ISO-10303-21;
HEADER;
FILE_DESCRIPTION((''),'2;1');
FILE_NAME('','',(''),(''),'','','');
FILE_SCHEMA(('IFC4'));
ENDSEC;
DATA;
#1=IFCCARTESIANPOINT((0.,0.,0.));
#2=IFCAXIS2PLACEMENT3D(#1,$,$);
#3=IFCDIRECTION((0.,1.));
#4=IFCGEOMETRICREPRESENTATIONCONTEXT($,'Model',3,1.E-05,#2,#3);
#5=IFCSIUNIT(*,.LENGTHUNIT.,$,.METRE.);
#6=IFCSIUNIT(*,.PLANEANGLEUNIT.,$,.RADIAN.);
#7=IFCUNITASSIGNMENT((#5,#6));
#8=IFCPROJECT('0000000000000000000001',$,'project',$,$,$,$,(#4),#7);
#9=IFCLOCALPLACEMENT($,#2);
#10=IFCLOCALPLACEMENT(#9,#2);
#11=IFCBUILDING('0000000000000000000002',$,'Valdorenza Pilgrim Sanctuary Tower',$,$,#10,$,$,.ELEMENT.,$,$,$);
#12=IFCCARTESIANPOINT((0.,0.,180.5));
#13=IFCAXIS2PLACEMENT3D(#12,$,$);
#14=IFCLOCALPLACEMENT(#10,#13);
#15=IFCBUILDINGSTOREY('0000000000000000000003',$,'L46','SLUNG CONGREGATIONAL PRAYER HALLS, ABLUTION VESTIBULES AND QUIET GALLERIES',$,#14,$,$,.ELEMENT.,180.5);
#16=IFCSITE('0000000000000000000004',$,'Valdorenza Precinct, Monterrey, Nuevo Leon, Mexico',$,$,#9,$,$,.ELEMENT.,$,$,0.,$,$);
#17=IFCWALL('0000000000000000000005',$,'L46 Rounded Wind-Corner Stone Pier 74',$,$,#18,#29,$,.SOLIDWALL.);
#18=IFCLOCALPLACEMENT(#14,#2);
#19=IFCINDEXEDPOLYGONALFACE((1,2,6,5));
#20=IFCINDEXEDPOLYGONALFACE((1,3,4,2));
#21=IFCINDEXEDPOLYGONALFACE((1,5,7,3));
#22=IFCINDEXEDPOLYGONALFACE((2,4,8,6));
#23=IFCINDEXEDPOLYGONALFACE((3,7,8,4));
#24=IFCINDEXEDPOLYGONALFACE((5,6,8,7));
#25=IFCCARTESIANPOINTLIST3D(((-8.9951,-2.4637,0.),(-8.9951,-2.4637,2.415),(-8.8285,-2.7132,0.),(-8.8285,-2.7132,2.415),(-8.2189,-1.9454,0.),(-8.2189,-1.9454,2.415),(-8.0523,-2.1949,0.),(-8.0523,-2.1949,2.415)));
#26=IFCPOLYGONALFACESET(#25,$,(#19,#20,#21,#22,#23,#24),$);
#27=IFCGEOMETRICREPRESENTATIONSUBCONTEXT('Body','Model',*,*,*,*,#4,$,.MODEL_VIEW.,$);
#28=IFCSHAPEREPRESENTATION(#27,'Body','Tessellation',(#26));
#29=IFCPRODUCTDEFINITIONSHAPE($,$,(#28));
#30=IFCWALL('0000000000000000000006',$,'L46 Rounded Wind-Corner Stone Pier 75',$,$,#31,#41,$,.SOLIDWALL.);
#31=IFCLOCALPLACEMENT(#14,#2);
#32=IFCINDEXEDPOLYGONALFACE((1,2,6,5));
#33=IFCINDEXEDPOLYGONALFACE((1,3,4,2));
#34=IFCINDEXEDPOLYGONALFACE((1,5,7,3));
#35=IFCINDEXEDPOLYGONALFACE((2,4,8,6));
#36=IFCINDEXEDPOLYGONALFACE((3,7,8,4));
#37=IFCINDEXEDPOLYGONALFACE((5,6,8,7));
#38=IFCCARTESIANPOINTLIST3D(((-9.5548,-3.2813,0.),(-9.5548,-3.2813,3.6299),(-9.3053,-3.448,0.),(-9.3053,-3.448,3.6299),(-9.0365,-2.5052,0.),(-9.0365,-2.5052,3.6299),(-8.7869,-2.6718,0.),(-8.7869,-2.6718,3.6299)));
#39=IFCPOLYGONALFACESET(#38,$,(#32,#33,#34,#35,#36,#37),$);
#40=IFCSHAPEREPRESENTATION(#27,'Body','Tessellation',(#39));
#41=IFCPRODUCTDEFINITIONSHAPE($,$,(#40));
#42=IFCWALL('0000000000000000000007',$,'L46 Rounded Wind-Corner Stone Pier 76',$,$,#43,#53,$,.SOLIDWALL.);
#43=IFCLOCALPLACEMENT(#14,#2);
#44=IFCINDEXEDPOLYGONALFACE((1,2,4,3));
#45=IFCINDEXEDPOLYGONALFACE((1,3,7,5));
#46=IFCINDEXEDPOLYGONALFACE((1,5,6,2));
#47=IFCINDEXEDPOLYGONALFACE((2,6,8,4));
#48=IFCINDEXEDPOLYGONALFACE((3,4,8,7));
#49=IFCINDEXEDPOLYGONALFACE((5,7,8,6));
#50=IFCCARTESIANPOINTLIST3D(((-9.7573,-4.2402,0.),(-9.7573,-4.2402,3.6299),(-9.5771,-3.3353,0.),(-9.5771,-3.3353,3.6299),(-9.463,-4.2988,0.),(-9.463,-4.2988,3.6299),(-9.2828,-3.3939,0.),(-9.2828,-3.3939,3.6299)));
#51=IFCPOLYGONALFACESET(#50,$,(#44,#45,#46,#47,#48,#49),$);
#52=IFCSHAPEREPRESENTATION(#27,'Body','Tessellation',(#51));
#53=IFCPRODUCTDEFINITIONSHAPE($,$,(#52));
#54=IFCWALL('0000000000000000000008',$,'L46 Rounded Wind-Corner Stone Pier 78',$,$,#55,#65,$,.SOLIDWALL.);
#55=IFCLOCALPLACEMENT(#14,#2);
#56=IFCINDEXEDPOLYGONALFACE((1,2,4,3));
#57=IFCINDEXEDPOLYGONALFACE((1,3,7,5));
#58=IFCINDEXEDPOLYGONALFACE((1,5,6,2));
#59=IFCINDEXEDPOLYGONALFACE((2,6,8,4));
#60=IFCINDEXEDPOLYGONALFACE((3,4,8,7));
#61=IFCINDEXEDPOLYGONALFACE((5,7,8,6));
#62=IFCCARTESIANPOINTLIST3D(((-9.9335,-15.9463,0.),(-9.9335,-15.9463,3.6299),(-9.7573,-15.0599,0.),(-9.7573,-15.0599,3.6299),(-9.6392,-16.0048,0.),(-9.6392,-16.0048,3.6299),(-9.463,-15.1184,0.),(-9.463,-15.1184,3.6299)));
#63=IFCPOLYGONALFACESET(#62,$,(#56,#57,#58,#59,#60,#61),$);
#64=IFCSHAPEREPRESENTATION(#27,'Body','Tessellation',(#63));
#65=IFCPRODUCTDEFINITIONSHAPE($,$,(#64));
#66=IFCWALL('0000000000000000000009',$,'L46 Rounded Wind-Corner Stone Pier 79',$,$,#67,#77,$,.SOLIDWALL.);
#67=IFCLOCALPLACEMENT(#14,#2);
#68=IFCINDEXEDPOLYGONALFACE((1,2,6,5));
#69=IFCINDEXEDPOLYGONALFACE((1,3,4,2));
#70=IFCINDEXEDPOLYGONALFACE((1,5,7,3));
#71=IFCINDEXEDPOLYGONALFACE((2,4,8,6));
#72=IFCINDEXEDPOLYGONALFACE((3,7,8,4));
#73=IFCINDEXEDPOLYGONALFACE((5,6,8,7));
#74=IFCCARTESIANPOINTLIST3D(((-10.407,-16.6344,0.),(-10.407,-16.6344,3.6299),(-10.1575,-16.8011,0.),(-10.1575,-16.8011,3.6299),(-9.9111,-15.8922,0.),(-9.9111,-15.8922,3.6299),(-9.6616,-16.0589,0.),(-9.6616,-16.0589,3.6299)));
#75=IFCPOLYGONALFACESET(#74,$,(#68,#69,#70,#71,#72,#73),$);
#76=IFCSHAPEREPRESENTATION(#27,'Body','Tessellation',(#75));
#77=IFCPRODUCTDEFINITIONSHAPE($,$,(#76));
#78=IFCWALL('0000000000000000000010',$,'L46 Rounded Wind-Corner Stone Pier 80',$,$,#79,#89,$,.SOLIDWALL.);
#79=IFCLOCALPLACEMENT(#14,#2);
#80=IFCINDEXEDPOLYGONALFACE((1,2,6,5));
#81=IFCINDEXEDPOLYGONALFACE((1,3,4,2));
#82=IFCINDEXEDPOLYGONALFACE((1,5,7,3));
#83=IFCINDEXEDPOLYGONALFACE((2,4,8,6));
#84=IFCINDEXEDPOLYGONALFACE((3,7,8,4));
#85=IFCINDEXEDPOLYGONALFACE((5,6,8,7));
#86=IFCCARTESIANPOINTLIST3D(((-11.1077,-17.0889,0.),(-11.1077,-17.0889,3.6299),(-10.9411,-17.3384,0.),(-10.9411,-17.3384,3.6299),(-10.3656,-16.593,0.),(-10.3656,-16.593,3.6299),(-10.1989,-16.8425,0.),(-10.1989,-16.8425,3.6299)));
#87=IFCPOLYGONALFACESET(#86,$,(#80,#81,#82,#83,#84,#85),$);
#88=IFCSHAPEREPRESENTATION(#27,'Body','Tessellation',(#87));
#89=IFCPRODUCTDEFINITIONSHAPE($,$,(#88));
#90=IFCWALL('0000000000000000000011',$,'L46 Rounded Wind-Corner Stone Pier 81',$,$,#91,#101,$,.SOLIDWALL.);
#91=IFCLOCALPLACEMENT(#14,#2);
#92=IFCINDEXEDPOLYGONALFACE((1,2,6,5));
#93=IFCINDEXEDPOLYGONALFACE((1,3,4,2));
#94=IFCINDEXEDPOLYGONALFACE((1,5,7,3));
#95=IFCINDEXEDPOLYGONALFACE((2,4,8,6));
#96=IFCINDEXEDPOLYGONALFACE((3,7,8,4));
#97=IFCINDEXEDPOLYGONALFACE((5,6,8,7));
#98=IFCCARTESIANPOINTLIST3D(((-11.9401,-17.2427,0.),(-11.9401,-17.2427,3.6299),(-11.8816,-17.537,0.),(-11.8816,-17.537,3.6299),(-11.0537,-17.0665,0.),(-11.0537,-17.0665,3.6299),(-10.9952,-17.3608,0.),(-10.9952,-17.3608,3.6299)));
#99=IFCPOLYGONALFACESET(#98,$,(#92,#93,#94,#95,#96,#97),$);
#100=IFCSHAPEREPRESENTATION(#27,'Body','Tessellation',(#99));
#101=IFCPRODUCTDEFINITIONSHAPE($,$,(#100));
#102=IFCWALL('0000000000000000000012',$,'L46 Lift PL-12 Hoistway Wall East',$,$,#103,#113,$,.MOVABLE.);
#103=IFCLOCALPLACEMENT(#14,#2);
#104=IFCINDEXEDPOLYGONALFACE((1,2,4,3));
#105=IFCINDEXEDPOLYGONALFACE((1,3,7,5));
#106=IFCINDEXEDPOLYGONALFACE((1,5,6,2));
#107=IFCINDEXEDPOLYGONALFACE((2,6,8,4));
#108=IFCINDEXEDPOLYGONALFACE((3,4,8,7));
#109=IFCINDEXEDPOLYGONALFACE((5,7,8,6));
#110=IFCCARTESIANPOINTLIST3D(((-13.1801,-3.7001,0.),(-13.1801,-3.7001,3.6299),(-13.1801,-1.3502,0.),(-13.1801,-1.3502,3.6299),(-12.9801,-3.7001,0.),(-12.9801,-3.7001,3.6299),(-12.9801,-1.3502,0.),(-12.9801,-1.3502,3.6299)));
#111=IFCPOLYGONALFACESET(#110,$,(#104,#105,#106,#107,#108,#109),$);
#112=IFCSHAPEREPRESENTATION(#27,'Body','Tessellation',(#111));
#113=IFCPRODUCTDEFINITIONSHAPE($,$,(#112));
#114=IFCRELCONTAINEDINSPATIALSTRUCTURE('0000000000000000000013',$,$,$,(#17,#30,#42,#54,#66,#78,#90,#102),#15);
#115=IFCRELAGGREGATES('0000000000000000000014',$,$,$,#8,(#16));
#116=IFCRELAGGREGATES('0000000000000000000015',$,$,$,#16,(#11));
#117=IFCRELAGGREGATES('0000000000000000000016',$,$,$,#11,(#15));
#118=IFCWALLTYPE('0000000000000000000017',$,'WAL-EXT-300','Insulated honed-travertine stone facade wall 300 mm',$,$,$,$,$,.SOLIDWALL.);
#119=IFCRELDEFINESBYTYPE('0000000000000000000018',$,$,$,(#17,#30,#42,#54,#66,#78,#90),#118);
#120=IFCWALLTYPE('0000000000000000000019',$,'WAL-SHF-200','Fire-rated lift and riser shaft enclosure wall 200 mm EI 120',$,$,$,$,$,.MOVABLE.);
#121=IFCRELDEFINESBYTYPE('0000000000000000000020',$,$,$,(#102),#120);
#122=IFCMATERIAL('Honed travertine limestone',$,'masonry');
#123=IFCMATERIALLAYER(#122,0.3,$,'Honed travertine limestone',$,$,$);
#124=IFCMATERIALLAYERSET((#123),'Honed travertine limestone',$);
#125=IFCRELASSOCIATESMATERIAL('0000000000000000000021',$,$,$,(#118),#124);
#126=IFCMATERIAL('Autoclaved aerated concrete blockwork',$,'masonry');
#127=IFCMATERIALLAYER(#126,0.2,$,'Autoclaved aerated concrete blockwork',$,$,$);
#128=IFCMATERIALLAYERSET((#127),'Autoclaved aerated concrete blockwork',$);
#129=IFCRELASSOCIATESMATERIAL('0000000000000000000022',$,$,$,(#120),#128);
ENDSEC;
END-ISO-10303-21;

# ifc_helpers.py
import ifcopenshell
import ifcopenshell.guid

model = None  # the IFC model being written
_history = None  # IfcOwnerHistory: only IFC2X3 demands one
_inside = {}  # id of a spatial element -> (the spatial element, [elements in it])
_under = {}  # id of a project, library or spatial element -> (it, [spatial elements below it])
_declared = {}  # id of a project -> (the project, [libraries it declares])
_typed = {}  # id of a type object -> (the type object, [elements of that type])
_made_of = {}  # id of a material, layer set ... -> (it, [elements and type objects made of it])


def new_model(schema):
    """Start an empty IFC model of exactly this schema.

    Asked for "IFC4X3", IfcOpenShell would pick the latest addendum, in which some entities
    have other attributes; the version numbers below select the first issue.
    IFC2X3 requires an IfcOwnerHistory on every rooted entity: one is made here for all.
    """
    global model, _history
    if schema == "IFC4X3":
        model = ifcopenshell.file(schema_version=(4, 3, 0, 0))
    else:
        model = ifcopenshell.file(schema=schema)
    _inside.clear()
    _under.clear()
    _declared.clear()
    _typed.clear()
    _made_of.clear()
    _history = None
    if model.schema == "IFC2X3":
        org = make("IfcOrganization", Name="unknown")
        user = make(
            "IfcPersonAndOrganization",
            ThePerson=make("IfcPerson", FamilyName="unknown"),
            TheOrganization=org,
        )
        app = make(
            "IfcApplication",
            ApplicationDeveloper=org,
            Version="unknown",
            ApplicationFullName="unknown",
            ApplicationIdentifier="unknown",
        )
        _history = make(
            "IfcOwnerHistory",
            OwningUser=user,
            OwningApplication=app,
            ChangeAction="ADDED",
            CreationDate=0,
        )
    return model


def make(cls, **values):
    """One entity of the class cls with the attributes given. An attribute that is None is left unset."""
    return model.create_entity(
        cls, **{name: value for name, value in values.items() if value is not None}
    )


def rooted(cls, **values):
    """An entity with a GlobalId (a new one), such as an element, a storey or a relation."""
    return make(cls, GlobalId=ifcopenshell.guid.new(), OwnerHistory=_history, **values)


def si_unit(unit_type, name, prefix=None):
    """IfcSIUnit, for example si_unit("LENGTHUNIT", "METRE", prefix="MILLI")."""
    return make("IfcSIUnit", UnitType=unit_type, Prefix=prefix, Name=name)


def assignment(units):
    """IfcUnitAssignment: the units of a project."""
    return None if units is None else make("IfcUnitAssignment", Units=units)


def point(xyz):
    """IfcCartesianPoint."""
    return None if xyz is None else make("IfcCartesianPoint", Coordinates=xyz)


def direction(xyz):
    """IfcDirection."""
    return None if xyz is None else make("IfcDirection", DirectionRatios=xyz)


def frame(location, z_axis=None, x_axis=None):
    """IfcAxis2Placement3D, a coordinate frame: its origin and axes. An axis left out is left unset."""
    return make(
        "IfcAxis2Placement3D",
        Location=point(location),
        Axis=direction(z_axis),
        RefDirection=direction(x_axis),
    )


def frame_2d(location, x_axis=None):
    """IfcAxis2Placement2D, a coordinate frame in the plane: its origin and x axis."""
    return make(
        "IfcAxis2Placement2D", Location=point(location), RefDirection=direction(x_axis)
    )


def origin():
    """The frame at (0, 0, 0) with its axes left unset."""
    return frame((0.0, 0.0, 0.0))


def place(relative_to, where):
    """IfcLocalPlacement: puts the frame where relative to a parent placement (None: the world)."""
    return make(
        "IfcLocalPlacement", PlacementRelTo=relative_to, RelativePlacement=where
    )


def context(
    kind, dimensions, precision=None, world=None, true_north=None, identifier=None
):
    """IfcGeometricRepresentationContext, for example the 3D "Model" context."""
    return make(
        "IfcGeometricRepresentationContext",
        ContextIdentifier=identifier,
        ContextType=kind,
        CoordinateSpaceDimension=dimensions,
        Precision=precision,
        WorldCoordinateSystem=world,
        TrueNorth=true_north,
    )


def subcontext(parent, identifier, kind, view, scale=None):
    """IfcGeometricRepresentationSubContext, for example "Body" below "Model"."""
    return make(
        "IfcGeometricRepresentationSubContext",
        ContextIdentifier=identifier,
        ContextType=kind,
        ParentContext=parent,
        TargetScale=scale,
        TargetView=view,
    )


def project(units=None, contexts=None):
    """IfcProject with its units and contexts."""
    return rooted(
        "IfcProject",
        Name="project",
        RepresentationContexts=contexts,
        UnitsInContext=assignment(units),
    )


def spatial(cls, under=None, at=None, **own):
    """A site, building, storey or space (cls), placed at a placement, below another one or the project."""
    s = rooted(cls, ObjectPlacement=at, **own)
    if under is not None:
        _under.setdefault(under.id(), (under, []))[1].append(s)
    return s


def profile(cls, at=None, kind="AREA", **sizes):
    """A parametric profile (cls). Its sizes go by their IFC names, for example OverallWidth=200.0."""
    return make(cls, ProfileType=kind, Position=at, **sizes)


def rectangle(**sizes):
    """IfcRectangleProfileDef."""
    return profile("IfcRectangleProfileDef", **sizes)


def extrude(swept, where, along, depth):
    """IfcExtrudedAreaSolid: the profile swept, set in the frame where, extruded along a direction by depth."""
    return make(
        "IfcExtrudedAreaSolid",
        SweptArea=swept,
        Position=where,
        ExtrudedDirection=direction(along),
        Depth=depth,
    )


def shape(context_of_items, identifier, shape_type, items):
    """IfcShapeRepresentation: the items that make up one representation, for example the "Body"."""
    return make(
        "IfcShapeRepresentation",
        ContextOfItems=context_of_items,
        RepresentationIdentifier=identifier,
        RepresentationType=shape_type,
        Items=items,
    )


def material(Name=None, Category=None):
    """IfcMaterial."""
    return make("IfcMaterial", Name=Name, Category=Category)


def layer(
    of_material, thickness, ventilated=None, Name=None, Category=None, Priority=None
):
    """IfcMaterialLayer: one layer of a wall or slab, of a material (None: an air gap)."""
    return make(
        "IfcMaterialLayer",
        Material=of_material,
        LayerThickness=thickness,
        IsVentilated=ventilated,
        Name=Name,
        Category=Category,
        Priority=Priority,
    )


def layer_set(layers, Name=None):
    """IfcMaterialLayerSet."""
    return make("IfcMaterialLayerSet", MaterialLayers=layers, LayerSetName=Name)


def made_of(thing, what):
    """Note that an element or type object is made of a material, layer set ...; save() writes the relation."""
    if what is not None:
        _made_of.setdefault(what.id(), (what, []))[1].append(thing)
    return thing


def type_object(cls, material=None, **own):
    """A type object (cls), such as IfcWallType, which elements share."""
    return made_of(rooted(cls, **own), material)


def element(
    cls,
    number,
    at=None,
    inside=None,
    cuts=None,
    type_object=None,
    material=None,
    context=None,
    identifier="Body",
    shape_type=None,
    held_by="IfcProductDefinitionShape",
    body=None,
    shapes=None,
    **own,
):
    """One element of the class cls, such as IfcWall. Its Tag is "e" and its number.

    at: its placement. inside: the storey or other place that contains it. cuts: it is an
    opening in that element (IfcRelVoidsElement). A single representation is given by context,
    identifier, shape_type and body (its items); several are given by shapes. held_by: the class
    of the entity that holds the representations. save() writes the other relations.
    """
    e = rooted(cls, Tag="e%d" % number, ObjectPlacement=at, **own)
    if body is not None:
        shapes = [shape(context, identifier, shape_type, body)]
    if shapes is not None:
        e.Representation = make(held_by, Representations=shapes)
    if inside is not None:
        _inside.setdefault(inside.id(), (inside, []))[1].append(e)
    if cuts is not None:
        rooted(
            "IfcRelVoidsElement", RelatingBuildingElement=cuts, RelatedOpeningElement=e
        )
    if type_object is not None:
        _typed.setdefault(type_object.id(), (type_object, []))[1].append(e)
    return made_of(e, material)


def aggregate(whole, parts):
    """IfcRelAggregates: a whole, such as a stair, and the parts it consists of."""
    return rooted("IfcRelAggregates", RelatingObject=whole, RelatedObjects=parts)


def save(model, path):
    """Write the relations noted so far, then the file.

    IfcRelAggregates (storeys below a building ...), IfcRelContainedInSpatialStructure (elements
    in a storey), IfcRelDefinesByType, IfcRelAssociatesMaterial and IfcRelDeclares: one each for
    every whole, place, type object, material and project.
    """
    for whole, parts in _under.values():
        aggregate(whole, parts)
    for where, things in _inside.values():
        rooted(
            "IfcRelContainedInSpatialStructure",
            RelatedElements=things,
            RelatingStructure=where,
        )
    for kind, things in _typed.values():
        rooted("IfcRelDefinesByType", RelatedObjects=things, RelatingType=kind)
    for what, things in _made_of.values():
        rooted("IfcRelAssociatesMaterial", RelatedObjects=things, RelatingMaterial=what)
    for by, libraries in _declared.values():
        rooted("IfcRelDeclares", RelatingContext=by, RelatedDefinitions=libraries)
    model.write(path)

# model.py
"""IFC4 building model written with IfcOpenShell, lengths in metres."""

from ifc_helpers import new_model, si_unit, direction, frame, frame_2d, origin, place, context, subcontext, project, spatial, rectangle, extrude, material, layer, layer_set, type_object, element, save


model = new_model("IFC4")

# Units and contexts
model_context = context("Model", 3, precision=1e-05, world=origin(), true_north=direction((0.0, 1.0)))
body_context = subcontext(model_context, "Body", "Model", "MODEL_VIEW")
ifc_project = project(units=[si_unit("LENGTHUNIT", "METRE"), si_unit("PLANEANGLEUNIT", "RADIAN")], contexts=[model_context])

# Site, building, storey
site_placement = place(None, origin())
site = spatial("IfcSite", under=ifc_project, at=site_placement, Name="Valdorenza Precinct, Monterrey, Nuevo Leon, Mexico", CompositionType="ELEMENT", RefElevation=0.0)
building_placement = place(site_placement, origin())
building = spatial("IfcBuilding", under=site, at=building_placement, Name="Valdorenza Pilgrim Sanctuary Tower", CompositionType="ELEMENT")
storey_placement = place(building_placement, frame((0.0, 0.0, 180.5)))
storey = spatial("IfcBuildingStorey", under=building, at=storey_placement, Name="L46", Description="SLUNG CONGREGATIONAL PRAYER HALLS, ABLUTION VESTIBULES AND QUIET GALLERIES", CompositionType="ELEMENT", Elevation=180.5)

# Shared definitions
ifc_material_1 = material(Name="Honed travertine limestone", Category="masonry")

# Walls
ifc_layer_1 = layer(ifc_material_1, 0.3, Name="Honed travertine limestone")
ifc_layer_set_1 = layer_set([ifc_layer_1], Name="Honed travertine limestone")
wall_type_1 = type_object("IfcWallType", Name="WAL-EXT-300", Description="Insulated honed-travertine stone facade wall 300 mm", PredefinedType="SOLIDWALL", material=ifc_layer_set_1)
wall_1_placement = place(storey_placement, frame((-8.1355, -2.0701, 0.0), z_axis=(0.0, 0.0, 1.0), x_axis=(-0.831607, -0.555364, 0.0)))
element("IfcWall", 1, at=wall_1_placement, inside=storey, type_object=wall_type_1, Name="L46 Rounded Wind-Corner Stone Pier 74", PredefinedType="SOLIDWALL", context=body_context, shape_type="SweptSolid", body=[
    extrude(rectangle(XDim=0.9333, YDim=0.3, at=frame_2d((0.4668, 0.0))), origin(), (0.0, 0.0, 1.0), 2.415),
])
wall_2_placement = place(storey_placement, frame((-8.9116, -2.5884, 0.0), z_axis=(0.0, 0.0, 1.0), x_axis=(-0.555364, -0.831607, 0.0)))
element("IfcWall", 2, at=wall_2_placement, inside=storey, type_object=wall_type_1, Name="L46 Rounded Wind-Corner Stone Pier 75", PredefinedType="SOLIDWALL", context=body_context, shape_type="SweptSolid", body=[
    extrude(rectangle(XDim=0.9333, YDim=0.3, at=frame_2d((0.4668, 0.0))), origin(), (0.0, 0.0, 1.0), 3.6299),
])
wall_3_placement = place(storey_placement, frame((-9.4299, -3.3645, 0.0), z_axis=(0.0, 0.0, 1.0), x_axis=(-0.195302, -0.980743, 0.0)))
element("IfcWall", 3, at=wall_3_placement, inside=storey, type_object=wall_type_1, Name="L46 Rounded Wind-Corner Stone Pier 76", PredefinedType="SOLIDWALL", context=body_context, shape_type="SweptSolid", body=[
    extrude(rectangle(XDim=0.9226, YDim=0.3, at=frame_2d((0.4614, 0.0))), origin(), (0.0, 0.0, 1.0), 3.6299),
])
wall_4_placement = place(storey_placement, frame((-9.6101, -15.0891, 0.0), z_axis=(0.0, 0.0, 1.0), x_axis=(-0.195025, -0.980798, 0.0)))
element("IfcWall", 4, at=wall_4_placement, inside=storey, type_object=wall_type_1, Name="L46 Rounded Wind-Corner Stone Pier 78", PredefinedType="SOLIDWALL", context=body_context, shape_type="SweptSolid", body=[
    extrude(rectangle(XDim=0.9038, YDim=0.3, at=frame_2d((0.4519, 0.0))), origin(), (0.0, 0.0, 1.0), 3.6299),
])
for number, where, z_axis, x_axis, name in (
    (5, (-9.7864, -15.9756, 0.0), (0.0, 0.0, 1.0), (-0.55552, -0.831503, 0.0), "L46 Rounded Wind-Corner Stone Pier 79"),
    (6, (-10.2822, -16.7178, 0.0), (0.0, 0.0, 1.0), (-0.831503, -0.55552, 0.0), "L46 Rounded Wind-Corner Stone Pier 80"),
):
    element("IfcWall", number, at=place(storey_placement, frame(where, z_axis=z_axis, x_axis=x_axis)), inside=storey, type_object=wall_type_1, Name=name, PredefinedType="SOLIDWALL", context=body_context, shape_type="SweptSolid", body=[
        extrude(rectangle(XDim=0.8926, YDim=0.3, at=frame_2d((0.4463, 0.0))), origin(), (0.0, 0.0, 1.0), 3.6299),
    ])
wall_5_placement = place(storey_placement, frame((-11.0244, -17.2136, 0.0), z_axis=(0.0, 0.0, 1.0), x_axis=(-0.980798, -0.195025, 0.0)))
element("IfcWall", 7, at=wall_5_placement, inside=storey, type_object=wall_type_1, Name="L46 Rounded Wind-Corner Stone Pier 81", PredefinedType="SOLIDWALL", context=body_context, shape_type="SweptSolid", body=[
    extrude(rectangle(XDim=0.9038, YDim=0.3, at=frame_2d((0.4519, 0.0))), origin(), (0.0, 0.0, 1.0), 3.6299),
])
ifc_material_2 = material(Name="Autoclaved aerated concrete blockwork", Category="masonry")
ifc_layer_2 = layer(ifc_material_2, 0.2, Name="Autoclaved aerated concrete blockwork")
ifc_layer_set_2 = layer_set([ifc_layer_2], Name="Autoclaved aerated concrete blockwork")
wall_type_2 = type_object("IfcWallType", Name="WAL-SHF-200", Description="Fire-rated lift and riser shaft enclosure wall 200 mm EI 120", PredefinedType="MOVABLE", material=ifc_layer_set_2)
wall_6_placement = place(storey_placement, frame((-13.0801, -3.7, 0.0), z_axis=(0.0, 0.0, 1.0), x_axis=(0.0, 1.0, 0.0)))
element("IfcWall", 8, at=wall_6_placement, inside=storey, type_object=wall_type_2, Name="L46 Lift PL-12 Hoistway Wall East", PredefinedType="MOVABLE", context=body_context, shape_type="SweptSolid", body=[
    extrude(rectangle(XDim=2.3499, YDim=0.2, at=frame_2d((1.1748, 0.0))), origin(), (0.0, 0.0, 1.0), 3.6299),
])

save(model, "model.ifc")
